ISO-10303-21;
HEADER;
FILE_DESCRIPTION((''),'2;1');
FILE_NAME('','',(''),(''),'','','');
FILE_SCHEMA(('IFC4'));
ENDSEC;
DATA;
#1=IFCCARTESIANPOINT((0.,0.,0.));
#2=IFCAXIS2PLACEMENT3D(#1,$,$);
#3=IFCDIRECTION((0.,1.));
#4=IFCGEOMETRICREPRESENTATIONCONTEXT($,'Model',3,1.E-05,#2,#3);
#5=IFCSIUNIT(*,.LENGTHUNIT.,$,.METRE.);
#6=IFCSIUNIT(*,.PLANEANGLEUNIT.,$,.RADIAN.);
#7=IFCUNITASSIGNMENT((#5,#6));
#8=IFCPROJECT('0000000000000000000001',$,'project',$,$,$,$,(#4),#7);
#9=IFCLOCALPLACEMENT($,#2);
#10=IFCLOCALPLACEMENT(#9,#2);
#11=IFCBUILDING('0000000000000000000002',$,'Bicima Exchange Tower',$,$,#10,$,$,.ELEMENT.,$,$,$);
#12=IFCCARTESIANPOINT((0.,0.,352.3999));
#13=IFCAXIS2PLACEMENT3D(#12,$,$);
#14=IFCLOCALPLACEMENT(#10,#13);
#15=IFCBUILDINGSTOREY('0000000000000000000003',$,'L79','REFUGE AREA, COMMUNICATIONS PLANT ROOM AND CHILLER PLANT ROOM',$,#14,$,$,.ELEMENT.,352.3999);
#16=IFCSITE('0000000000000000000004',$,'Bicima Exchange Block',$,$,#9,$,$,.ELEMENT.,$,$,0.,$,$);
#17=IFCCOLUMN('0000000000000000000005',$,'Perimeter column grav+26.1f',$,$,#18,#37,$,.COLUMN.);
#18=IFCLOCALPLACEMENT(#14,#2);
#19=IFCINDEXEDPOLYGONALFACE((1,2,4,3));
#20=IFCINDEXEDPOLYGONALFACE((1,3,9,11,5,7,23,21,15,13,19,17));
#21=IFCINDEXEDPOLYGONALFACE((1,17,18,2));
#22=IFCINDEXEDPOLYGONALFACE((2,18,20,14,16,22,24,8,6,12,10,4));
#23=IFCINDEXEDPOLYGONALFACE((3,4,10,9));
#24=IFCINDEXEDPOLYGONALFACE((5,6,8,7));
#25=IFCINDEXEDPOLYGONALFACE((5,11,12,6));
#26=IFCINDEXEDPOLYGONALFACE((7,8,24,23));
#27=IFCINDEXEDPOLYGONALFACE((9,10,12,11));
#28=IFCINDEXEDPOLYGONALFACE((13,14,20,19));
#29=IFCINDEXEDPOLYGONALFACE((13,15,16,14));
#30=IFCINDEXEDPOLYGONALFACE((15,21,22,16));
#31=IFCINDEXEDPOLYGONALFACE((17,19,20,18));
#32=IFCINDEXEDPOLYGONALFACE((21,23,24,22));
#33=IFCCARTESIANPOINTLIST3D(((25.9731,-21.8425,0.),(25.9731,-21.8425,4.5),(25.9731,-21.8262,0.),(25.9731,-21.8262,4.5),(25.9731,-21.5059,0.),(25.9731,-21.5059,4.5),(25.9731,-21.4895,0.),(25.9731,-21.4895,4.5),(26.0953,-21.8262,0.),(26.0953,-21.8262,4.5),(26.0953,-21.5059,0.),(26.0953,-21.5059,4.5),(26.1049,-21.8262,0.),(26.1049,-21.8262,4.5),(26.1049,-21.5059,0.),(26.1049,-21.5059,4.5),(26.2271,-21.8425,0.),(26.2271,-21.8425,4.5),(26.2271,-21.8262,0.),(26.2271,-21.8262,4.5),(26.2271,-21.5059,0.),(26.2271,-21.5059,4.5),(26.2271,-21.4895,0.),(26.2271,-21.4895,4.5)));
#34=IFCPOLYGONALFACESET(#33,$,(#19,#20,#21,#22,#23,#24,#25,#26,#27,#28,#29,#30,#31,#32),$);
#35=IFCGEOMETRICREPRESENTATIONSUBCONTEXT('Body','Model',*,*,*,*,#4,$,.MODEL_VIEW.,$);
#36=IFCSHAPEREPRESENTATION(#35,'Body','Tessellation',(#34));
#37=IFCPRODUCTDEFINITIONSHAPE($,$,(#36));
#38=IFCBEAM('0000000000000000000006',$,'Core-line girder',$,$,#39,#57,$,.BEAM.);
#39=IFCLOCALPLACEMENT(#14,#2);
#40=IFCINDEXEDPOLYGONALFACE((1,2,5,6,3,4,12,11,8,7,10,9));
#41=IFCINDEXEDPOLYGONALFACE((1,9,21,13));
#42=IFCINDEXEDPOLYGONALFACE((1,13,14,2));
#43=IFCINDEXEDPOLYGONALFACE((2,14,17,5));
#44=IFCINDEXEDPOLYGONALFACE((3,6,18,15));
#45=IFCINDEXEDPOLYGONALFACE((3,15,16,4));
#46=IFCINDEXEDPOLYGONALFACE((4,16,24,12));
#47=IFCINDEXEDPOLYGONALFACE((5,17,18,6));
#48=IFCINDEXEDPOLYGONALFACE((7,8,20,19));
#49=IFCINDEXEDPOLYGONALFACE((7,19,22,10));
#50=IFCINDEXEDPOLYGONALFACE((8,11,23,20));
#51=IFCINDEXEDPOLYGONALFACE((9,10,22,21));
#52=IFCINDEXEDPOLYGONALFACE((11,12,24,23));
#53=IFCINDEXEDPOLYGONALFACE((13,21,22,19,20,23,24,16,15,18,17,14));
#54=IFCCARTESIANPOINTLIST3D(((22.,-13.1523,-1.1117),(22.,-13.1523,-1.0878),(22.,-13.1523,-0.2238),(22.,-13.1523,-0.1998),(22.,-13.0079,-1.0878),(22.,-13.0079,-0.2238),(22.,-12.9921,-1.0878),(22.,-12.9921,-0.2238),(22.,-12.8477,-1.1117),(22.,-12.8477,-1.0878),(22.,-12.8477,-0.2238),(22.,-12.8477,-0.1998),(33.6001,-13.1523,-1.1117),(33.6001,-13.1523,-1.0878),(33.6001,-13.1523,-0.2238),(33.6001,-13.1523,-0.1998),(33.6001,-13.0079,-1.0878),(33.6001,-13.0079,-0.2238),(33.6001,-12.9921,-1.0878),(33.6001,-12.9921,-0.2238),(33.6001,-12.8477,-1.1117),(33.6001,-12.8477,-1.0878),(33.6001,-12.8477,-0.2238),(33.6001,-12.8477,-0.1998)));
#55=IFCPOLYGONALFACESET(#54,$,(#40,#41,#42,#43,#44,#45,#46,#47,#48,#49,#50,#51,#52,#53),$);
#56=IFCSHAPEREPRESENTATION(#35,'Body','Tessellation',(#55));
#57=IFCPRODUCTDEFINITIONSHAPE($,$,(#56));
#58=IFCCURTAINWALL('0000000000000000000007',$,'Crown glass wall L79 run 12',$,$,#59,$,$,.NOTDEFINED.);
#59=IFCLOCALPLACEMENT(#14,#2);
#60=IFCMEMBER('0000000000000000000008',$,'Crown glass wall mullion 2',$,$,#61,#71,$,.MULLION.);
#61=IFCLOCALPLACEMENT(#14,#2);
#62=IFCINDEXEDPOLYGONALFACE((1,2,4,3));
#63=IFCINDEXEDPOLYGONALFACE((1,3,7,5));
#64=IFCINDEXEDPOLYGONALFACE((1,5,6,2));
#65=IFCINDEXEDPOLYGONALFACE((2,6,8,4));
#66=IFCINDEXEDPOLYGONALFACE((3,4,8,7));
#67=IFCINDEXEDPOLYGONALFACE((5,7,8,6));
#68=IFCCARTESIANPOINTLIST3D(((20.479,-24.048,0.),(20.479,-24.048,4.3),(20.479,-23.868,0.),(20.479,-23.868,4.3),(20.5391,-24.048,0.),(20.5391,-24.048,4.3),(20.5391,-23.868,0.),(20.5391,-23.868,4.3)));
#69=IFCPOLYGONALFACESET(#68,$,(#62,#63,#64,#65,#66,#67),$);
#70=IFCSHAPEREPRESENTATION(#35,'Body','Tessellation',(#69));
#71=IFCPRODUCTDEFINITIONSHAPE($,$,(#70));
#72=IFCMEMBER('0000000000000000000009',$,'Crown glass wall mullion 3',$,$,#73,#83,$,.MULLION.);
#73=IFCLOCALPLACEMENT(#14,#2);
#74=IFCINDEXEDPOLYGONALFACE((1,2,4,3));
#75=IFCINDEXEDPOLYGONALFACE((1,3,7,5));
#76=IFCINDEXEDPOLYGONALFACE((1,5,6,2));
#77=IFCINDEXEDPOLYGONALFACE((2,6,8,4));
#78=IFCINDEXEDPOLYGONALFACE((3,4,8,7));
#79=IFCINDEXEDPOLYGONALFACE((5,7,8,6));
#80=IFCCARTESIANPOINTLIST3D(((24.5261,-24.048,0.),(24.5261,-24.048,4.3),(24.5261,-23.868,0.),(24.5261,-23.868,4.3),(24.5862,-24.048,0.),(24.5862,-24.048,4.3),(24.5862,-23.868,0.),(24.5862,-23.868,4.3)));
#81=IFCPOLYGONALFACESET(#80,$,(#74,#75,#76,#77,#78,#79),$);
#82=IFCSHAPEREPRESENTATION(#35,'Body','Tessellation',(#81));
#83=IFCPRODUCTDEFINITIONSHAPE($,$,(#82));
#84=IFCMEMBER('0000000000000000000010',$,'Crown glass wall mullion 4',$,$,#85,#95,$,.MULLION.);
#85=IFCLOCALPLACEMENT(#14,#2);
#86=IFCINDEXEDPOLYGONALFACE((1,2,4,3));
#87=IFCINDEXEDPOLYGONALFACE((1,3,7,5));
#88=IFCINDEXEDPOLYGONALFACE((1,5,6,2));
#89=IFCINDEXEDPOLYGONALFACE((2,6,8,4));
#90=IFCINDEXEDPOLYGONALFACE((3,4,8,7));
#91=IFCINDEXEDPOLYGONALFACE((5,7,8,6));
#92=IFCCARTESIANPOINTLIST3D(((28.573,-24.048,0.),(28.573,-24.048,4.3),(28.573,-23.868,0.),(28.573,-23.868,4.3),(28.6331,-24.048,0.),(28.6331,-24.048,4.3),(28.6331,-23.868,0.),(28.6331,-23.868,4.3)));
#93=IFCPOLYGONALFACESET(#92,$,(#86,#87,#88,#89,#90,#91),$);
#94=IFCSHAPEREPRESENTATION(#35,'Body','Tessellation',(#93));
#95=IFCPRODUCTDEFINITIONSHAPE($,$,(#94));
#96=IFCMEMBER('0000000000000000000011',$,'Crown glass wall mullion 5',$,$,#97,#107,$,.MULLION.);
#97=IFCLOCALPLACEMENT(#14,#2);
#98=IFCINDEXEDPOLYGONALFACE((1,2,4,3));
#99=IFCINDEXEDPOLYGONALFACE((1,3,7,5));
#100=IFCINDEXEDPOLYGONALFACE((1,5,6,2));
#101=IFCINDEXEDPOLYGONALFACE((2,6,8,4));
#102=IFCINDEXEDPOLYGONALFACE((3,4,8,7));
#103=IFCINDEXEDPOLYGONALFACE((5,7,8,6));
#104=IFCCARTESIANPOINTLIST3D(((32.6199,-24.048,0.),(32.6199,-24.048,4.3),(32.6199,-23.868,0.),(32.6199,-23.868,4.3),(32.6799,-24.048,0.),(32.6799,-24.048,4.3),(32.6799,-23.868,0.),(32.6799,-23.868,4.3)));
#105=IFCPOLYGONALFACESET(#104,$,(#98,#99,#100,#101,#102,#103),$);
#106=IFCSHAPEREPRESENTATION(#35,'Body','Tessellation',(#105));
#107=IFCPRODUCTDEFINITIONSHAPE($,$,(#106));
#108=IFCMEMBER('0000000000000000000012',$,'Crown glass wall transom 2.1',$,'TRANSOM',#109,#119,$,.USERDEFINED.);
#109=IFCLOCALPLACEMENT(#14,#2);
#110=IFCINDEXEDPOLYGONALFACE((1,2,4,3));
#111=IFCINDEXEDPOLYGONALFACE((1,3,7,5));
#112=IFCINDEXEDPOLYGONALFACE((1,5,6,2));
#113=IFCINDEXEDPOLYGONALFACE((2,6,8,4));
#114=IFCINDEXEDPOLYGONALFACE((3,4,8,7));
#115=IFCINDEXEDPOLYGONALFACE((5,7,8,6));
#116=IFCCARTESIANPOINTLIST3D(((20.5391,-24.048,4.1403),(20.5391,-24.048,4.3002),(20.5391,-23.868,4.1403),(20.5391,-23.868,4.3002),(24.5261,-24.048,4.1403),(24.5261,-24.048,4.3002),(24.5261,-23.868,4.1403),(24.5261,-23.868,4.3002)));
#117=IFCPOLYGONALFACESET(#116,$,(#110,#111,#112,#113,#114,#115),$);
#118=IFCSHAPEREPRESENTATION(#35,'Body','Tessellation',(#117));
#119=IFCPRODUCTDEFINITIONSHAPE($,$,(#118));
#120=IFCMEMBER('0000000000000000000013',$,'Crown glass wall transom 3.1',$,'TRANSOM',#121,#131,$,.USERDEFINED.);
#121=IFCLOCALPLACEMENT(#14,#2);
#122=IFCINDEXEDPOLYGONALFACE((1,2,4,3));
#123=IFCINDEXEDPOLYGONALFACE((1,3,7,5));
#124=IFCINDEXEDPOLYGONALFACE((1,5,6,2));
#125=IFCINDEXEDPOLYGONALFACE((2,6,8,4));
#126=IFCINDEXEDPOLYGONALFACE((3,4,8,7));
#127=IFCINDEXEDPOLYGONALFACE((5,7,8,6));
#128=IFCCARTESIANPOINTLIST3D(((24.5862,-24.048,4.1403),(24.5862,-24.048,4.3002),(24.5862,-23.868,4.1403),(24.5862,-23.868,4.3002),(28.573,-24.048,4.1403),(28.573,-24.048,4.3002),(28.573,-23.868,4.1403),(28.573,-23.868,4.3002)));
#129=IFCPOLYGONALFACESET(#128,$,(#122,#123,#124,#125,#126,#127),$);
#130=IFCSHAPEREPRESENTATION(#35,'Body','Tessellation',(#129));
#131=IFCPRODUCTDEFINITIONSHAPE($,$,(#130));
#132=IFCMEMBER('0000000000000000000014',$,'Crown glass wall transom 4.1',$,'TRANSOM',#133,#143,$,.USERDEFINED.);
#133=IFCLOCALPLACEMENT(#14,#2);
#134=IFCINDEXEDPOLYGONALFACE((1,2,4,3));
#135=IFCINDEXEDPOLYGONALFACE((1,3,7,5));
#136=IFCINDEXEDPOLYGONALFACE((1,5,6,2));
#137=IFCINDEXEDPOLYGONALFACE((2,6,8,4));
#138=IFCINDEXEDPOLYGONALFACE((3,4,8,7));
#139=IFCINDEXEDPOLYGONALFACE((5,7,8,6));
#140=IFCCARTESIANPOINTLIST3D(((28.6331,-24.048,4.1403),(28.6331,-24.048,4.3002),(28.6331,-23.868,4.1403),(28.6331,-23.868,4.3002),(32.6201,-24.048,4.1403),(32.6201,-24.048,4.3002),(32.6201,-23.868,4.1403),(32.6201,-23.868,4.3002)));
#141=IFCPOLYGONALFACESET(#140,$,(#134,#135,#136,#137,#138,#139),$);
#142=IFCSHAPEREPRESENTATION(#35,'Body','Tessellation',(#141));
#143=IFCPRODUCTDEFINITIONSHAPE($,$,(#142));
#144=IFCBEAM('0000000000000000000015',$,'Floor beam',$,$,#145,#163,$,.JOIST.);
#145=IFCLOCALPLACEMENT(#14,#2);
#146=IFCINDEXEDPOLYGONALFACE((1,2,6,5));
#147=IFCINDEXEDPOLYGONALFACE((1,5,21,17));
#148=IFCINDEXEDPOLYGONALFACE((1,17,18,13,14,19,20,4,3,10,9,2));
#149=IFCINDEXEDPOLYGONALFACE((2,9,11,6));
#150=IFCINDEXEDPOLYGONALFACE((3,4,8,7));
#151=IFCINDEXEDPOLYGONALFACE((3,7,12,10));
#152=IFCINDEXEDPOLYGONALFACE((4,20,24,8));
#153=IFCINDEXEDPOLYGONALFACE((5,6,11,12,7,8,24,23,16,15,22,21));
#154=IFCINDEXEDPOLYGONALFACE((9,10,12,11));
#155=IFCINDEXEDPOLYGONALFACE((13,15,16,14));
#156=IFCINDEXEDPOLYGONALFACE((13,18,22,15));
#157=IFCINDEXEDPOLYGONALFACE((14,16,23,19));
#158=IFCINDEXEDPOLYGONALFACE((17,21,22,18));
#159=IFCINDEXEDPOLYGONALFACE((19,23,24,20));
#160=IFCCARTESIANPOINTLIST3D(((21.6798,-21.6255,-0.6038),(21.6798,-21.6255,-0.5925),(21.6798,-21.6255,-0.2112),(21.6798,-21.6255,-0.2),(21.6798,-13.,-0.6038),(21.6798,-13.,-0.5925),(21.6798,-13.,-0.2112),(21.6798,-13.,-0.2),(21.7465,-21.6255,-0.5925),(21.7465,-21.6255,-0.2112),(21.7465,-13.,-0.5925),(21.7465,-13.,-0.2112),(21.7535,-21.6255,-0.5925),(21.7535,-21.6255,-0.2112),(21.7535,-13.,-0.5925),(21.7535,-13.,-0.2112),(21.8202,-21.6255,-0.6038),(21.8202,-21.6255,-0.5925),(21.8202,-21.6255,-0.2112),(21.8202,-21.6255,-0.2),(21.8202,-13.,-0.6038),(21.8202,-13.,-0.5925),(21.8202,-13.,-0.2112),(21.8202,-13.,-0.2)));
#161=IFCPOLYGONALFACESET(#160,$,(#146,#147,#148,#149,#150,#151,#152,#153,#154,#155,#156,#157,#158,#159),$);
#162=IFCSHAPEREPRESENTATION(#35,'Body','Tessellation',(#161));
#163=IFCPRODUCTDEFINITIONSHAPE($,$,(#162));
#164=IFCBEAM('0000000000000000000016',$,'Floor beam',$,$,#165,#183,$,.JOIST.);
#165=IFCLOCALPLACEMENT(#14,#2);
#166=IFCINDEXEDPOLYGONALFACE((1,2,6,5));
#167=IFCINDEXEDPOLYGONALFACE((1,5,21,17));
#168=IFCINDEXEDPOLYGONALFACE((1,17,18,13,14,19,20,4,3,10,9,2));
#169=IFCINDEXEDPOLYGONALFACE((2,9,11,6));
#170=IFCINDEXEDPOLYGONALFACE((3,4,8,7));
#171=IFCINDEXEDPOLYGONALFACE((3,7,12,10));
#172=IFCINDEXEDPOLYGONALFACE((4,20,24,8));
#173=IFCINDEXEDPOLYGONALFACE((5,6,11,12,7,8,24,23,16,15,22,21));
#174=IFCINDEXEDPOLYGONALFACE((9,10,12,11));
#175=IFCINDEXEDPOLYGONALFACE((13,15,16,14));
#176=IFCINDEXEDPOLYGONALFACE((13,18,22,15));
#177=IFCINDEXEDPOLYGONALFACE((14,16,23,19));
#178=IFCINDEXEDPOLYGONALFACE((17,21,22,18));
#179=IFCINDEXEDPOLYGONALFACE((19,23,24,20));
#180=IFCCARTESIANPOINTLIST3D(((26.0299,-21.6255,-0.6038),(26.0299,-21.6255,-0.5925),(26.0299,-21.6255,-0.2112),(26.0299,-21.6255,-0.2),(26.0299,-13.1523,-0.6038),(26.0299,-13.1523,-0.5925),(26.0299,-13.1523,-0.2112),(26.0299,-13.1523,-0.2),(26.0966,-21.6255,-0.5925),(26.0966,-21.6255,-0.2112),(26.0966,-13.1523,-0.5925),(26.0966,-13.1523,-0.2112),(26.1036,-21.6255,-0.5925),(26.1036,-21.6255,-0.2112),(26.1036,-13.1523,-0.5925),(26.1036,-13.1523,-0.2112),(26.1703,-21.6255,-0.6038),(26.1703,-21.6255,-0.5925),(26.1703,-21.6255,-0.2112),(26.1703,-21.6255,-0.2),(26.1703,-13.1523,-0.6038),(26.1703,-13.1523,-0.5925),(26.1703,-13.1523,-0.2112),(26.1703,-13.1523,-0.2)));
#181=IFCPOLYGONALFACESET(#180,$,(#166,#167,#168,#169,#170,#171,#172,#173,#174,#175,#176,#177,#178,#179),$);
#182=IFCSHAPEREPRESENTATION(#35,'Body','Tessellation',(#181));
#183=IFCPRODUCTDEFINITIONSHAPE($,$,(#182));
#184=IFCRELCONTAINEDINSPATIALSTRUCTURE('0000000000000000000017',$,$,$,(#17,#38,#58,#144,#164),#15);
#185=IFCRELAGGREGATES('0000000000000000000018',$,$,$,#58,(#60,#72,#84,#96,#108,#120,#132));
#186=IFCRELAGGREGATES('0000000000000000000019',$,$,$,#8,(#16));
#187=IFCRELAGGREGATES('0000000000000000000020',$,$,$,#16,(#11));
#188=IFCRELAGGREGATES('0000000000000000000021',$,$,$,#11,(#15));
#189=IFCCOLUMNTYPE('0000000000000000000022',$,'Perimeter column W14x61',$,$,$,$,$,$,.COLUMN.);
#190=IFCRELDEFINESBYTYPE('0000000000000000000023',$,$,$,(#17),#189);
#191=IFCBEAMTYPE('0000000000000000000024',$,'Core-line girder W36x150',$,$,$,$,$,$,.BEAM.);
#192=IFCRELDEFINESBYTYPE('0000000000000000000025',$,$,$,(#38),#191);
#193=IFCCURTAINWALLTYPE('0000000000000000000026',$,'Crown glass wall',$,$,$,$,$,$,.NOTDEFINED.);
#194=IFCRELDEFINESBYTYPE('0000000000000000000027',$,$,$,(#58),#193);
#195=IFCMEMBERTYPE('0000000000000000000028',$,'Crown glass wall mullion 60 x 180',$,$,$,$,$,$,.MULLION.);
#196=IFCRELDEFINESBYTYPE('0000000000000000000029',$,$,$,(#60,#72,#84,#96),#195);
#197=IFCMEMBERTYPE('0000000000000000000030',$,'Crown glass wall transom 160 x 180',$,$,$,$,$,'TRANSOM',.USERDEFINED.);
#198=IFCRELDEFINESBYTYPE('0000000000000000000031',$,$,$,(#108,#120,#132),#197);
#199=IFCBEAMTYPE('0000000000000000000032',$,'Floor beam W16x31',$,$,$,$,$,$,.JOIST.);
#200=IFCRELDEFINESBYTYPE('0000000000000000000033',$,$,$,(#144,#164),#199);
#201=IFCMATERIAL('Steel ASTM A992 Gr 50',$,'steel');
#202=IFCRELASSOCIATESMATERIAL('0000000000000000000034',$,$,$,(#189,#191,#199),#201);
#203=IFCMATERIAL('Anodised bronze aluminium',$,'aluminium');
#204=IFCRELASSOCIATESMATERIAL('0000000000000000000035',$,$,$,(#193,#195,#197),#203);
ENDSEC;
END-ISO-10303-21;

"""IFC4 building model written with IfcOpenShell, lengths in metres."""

from ifc_helpers import new_model, si_unit, direction, frame, origin, origin_2d, place, context, subcontext, project, spatial, rectangle, i_section, extrude, material, material_profile, profile_set, type_object, element, aggregate, save


model = new_model("IFC4")

# Units and contexts
model_context = context("Model", 3, precision=1e-05, world=origin(), true_north=direction((0.0, 1.0)))
body_context = subcontext(model_context, "Body", "Model", "MODEL_VIEW")
ifc_project = project(units=[si_unit("LENGTHUNIT", "METRE"), si_unit("PLANEANGLEUNIT", "RADIAN")], contexts=[model_context])

# Site, building, storey
site_placement = place(None, origin())
site = spatial("IfcSite", under=ifc_project, at=site_placement, Name="Bicima Exchange Block", CompositionType="ELEMENT", RefElevation=0.0)
building_placement = place(site_placement, origin())
building = spatial("IfcBuilding", under=site, at=building_placement, Name="Bicima Exchange Tower", CompositionType="ELEMENT")
storey_placement = place(building_placement, frame((0.0, 0.0, 352.3999)))
storey = spatial("IfcBuildingStorey", under=building, at=storey_placement, Name="L79", Description="REFUGE AREA, COMMUNICATIONS PLANT ROOM AND CHILLER PLANT ROOM", CompositionType="ELEMENT", Elevation=352.3999)

# Column
ifc_material_1 = material(Name="Steel ASTM A992 Gr 50", Category="steel")
ifc_material_profile_1 = material_profile(ifc_material_1, i_section(OverallWidth=0.2539, OverallDepth=0.353, WebThickness=0.0095, FlangeThickness=0.0164, at=origin_2d()))
ifc_profile_set_1 = profile_set([ifc_material_profile_1], Name="Steel ASTM A992 Gr 50")
column_type = type_object("IfcColumnType", Name="Perimeter column W14x61", PredefinedType="COLUMN", material=ifc_profile_set_1)
column_placement = place(storey_placement, frame((26.1001, -21.666, 0.0), z_axis=(0.0, 0.0, 1.0), x_axis=(1.0, 0.0, 0.0)))
element("IfcColumn", 1, at=column_placement, inside=storey, type_object=column_type, Name="Perimeter column grav+26.1f", PredefinedType="COLUMN", context=body_context, shape_type="SweptSolid", body=[
    extrude(i_section(OverallWidth=0.2539, OverallDepth=0.353, WebThickness=0.0095, FlangeThickness=0.0164, at=origin_2d()), origin(), (0.0, 0.0, 1.0), 4.5),
])

# Beam
ifc_material_profile_2 = material_profile(ifc_material_1, i_section(OverallWidth=0.3047, OverallDepth=0.9119, WebThickness=0.0159, FlangeThickness=0.0239, at=origin_2d()))
ifc_profile_set_2 = profile_set([ifc_material_profile_2], Name="Steel ASTM A992 Gr 50")
beam_type_1 = type_object("IfcBeamType", Name="Core-line girder W36x150", PredefinedType="BEAM", material=ifc_profile_set_2)
beam_1_placement = place(storey_placement, frame((22.0, -13.0, -0.6558), z_axis=(1.0, 0.0, 0.0), x_axis=(0.0, 1.0, 0.0)))
element("IfcBeam", 2, at=beam_1_placement, inside=storey, type_object=beam_type_1, Name="Core-line girder", PredefinedType="BEAM", context=body_context, shape_type="SweptSolid", body=[
    extrude(i_section(OverallWidth=0.3047, OverallDepth=0.9119, WebThickness=0.0159, FlangeThickness=0.0239, at=origin_2d()), origin(), (0.0, 0.0, 1.0), 11.6001),
])

# Curtain wall, members
ifc_material_2 = material(Name="Anodised bronze aluminium", Category="aluminium")
curtain_wall_type = type_object("IfcCurtainWallType", Name="Crown glass wall", PredefinedType="NOTDEFINED", material=ifc_material_2)
curtain_wall_placement = place(storey_placement, origin())
curtain_wall = element("IfcCurtainWall", 3, at=curtain_wall_placement, inside=storey, type_object=curtain_wall_type, Name="Crown glass wall L79 run 12", PredefinedType="NOTDEFINED")
ifc_material_profile_3 = material_profile(ifc_material_2, rectangle(XDim=0.1799, YDim=0.0601, at=origin_2d()))
ifc_profile_set_3 = profile_set([ifc_material_profile_3], Name="Anodised bronze aluminium")
member_type_1 = type_object("IfcMemberType", Name="Crown glass wall mullion 60 x 180", PredefinedType="MULLION", material=ifc_profile_set_3)
member_1_placement = place(storey_placement, frame((20.509, -23.958, 0.0), z_axis=(0.0, 0.0, 1.0), x_axis=(0.0, 1.0, 0.0)))
member_1 = element("IfcMember", 4, at=member_1_placement, type_object=member_type_1, Name="Crown glass wall mullion 2", PredefinedType="MULLION", context=body_context, shape_type="SweptSolid", body=[
    extrude(rectangle(XDim=0.1799, YDim=0.0601, at=origin_2d()), origin(), (0.0, 0.0, 1.0), 4.3),
])
member_2_placement = place(storey_placement, frame((24.5562, -23.958, 0.0), z_axis=(0.0, 0.0, 1.0), x_axis=(0.0, 1.0, 0.0)))
member_2 = element("IfcMember", 5, at=member_2_placement, type_object=member_type_1, Name="Crown glass wall mullion 3", PredefinedType="MULLION", context=body_context, shape_type="SweptSolid", body=[
    extrude(rectangle(XDim=0.1799, YDim=0.0601, at=origin_2d()), origin(), (0.0, 0.0, 1.0), 4.3),
])
member_3_placement = place(storey_placement, frame((28.603, -23.958, 0.0), z_axis=(0.0, 0.0, 1.0), x_axis=(0.0, 1.0, 0.0)))
member_3 = element("IfcMember", 6, at=member_3_placement, type_object=member_type_1, Name="Crown glass wall mullion 4", PredefinedType="MULLION", context=body_context, shape_type="SweptSolid", body=[
    extrude(rectangle(XDim=0.1799, YDim=0.0601, at=origin_2d()), origin(), (0.0, 0.0, 1.0), 4.3),
])
member_4_placement = place(storey_placement, frame((32.6499, -23.958, 0.0), z_axis=(0.0, 0.0, 1.0), x_axis=(0.0, 1.0, 0.0)))
member_4 = element("IfcMember", 7, at=member_4_placement, type_object=member_type_1, Name="Crown glass wall mullion 5", PredefinedType="MULLION", context=body_context, shape_type="SweptSolid", body=[
    extrude(rectangle(XDim=0.1799, YDim=0.0601, at=origin_2d()), origin(), (0.0, 0.0, 1.0), 4.3),
])
ifc_material_profile_4 = material_profile(ifc_material_2, rectangle(XDim=0.1799, YDim=0.1599, at=origin_2d()))
ifc_profile_set_4 = profile_set([ifc_material_profile_4], Name="Anodised bronze aluminium")
member_type_2 = type_object("IfcMemberType", Name="Crown glass wall transom 160 x 180", ElementType="TRANSOM", PredefinedType="USERDEFINED", material=ifc_profile_set_4)
member_5_placement = place(storey_placement, frame((20.5391, -23.958, 4.2202), z_axis=(1.0, 0.0, 0.0), x_axis=(0.0, 1.0, 0.0)))
member_5 = element("IfcMember", 8, at=member_5_placement, type_object=member_type_2, Name="Crown glass wall transom 2.1", ObjectType="TRANSOM", PredefinedType="USERDEFINED", context=body_context, shape_type="SweptSolid", body=[
    extrude(rectangle(XDim=0.1799, YDim=0.1599, at=origin_2d()), origin(), (0.0, 0.0, 1.0), 3.9871),
])
member_6_placement = place(storey_placement, frame((24.5862, -23.958, 4.2202), z_axis=(1.0, 0.0, 0.0), x_axis=(0.0, 1.0, 0.0)))
member_6 = element("IfcMember", 9, at=member_6_placement, type_object=member_type_2, Name="Crown glass wall transom 3.1", ObjectType="TRANSOM", PredefinedType="USERDEFINED", context=body_context, shape_type="SweptSolid", body=[
    extrude(rectangle(XDim=0.1799, YDim=0.1599, at=origin_2d()), origin(), (0.0, 0.0, 1.0), 3.9868),
])
member_7_placement = place(storey_placement, frame((28.6331, -23.958, 4.2202), z_axis=(1.0, 0.0, 0.0), x_axis=(0.0, 1.0, 0.0)))
member_7 = element("IfcMember", 10, at=member_7_placement, type_object=member_type_2, Name="Crown glass wall transom 4.1", ObjectType="TRANSOM", PredefinedType="USERDEFINED", context=body_context, shape_type="SweptSolid", body=[
    extrude(rectangle(XDim=0.1799, YDim=0.1599, at=origin_2d()), origin(), (0.0, 0.0, 1.0), 3.9871),
])

# Beams
ifc_material_profile_5 = material_profile(ifc_material_1, i_section(OverallWidth=0.1404, OverallDepth=0.4038, WebThickness=0.0071, FlangeThickness=0.0112, at=origin_2d()))
ifc_profile_set_5 = profile_set([ifc_material_profile_5], Name="Steel ASTM A992 Gr 50")
beam_type_2 = type_object("IfcBeamType", Name="Floor beam W16x31", PredefinedType="JOIST", material=ifc_profile_set_5)
beam_2_placement = place(storey_placement, frame((21.75, -13.0, -0.4019), z_axis=(0.0, -1.0, 0.0), x_axis=(1.0, 0.0, 0.0)))
element("IfcBeam", 11, at=beam_2_placement, inside=storey, type_object=beam_type_2, Name="Floor beam", PredefinedType="JOIST", context=body_context, shape_type="SweptSolid", body=[
    extrude(i_section(OverallWidth=0.1404, OverallDepth=0.4038, WebThickness=0.0071, FlangeThickness=0.0112, at=origin_2d()), origin(), (0.0, 0.0, 1.0), 8.6255),
])
for number, where, z_axis, x_axis, name in (
    (12, (26.1001, -13.1523, -0.4019), (0.0, -1.0, 0.0), (1.0, 0.0, 0.0), "Floor beam"),
):
    element("IfcBeam", number, at=place(storey_placement, frame(where, z_axis=z_axis, x_axis=x_axis)), inside=storey, type_object=beam_type_2, Name=name, PredefinedType="JOIST", context=body_context, shape_type="SweptSolid", body=[
        extrude(i_section(OverallWidth=0.1404, OverallDepth=0.4038, WebThickness=0.0071, FlangeThickness=0.0112, at=origin_2d()), origin(), (0.0, 0.0, 1.0), 8.4731),
    ])

aggregate(curtain_wall, [member_1, member_2, member_3, member_4, member_5, member_6, member_7])

save(model, "model.ifc")
